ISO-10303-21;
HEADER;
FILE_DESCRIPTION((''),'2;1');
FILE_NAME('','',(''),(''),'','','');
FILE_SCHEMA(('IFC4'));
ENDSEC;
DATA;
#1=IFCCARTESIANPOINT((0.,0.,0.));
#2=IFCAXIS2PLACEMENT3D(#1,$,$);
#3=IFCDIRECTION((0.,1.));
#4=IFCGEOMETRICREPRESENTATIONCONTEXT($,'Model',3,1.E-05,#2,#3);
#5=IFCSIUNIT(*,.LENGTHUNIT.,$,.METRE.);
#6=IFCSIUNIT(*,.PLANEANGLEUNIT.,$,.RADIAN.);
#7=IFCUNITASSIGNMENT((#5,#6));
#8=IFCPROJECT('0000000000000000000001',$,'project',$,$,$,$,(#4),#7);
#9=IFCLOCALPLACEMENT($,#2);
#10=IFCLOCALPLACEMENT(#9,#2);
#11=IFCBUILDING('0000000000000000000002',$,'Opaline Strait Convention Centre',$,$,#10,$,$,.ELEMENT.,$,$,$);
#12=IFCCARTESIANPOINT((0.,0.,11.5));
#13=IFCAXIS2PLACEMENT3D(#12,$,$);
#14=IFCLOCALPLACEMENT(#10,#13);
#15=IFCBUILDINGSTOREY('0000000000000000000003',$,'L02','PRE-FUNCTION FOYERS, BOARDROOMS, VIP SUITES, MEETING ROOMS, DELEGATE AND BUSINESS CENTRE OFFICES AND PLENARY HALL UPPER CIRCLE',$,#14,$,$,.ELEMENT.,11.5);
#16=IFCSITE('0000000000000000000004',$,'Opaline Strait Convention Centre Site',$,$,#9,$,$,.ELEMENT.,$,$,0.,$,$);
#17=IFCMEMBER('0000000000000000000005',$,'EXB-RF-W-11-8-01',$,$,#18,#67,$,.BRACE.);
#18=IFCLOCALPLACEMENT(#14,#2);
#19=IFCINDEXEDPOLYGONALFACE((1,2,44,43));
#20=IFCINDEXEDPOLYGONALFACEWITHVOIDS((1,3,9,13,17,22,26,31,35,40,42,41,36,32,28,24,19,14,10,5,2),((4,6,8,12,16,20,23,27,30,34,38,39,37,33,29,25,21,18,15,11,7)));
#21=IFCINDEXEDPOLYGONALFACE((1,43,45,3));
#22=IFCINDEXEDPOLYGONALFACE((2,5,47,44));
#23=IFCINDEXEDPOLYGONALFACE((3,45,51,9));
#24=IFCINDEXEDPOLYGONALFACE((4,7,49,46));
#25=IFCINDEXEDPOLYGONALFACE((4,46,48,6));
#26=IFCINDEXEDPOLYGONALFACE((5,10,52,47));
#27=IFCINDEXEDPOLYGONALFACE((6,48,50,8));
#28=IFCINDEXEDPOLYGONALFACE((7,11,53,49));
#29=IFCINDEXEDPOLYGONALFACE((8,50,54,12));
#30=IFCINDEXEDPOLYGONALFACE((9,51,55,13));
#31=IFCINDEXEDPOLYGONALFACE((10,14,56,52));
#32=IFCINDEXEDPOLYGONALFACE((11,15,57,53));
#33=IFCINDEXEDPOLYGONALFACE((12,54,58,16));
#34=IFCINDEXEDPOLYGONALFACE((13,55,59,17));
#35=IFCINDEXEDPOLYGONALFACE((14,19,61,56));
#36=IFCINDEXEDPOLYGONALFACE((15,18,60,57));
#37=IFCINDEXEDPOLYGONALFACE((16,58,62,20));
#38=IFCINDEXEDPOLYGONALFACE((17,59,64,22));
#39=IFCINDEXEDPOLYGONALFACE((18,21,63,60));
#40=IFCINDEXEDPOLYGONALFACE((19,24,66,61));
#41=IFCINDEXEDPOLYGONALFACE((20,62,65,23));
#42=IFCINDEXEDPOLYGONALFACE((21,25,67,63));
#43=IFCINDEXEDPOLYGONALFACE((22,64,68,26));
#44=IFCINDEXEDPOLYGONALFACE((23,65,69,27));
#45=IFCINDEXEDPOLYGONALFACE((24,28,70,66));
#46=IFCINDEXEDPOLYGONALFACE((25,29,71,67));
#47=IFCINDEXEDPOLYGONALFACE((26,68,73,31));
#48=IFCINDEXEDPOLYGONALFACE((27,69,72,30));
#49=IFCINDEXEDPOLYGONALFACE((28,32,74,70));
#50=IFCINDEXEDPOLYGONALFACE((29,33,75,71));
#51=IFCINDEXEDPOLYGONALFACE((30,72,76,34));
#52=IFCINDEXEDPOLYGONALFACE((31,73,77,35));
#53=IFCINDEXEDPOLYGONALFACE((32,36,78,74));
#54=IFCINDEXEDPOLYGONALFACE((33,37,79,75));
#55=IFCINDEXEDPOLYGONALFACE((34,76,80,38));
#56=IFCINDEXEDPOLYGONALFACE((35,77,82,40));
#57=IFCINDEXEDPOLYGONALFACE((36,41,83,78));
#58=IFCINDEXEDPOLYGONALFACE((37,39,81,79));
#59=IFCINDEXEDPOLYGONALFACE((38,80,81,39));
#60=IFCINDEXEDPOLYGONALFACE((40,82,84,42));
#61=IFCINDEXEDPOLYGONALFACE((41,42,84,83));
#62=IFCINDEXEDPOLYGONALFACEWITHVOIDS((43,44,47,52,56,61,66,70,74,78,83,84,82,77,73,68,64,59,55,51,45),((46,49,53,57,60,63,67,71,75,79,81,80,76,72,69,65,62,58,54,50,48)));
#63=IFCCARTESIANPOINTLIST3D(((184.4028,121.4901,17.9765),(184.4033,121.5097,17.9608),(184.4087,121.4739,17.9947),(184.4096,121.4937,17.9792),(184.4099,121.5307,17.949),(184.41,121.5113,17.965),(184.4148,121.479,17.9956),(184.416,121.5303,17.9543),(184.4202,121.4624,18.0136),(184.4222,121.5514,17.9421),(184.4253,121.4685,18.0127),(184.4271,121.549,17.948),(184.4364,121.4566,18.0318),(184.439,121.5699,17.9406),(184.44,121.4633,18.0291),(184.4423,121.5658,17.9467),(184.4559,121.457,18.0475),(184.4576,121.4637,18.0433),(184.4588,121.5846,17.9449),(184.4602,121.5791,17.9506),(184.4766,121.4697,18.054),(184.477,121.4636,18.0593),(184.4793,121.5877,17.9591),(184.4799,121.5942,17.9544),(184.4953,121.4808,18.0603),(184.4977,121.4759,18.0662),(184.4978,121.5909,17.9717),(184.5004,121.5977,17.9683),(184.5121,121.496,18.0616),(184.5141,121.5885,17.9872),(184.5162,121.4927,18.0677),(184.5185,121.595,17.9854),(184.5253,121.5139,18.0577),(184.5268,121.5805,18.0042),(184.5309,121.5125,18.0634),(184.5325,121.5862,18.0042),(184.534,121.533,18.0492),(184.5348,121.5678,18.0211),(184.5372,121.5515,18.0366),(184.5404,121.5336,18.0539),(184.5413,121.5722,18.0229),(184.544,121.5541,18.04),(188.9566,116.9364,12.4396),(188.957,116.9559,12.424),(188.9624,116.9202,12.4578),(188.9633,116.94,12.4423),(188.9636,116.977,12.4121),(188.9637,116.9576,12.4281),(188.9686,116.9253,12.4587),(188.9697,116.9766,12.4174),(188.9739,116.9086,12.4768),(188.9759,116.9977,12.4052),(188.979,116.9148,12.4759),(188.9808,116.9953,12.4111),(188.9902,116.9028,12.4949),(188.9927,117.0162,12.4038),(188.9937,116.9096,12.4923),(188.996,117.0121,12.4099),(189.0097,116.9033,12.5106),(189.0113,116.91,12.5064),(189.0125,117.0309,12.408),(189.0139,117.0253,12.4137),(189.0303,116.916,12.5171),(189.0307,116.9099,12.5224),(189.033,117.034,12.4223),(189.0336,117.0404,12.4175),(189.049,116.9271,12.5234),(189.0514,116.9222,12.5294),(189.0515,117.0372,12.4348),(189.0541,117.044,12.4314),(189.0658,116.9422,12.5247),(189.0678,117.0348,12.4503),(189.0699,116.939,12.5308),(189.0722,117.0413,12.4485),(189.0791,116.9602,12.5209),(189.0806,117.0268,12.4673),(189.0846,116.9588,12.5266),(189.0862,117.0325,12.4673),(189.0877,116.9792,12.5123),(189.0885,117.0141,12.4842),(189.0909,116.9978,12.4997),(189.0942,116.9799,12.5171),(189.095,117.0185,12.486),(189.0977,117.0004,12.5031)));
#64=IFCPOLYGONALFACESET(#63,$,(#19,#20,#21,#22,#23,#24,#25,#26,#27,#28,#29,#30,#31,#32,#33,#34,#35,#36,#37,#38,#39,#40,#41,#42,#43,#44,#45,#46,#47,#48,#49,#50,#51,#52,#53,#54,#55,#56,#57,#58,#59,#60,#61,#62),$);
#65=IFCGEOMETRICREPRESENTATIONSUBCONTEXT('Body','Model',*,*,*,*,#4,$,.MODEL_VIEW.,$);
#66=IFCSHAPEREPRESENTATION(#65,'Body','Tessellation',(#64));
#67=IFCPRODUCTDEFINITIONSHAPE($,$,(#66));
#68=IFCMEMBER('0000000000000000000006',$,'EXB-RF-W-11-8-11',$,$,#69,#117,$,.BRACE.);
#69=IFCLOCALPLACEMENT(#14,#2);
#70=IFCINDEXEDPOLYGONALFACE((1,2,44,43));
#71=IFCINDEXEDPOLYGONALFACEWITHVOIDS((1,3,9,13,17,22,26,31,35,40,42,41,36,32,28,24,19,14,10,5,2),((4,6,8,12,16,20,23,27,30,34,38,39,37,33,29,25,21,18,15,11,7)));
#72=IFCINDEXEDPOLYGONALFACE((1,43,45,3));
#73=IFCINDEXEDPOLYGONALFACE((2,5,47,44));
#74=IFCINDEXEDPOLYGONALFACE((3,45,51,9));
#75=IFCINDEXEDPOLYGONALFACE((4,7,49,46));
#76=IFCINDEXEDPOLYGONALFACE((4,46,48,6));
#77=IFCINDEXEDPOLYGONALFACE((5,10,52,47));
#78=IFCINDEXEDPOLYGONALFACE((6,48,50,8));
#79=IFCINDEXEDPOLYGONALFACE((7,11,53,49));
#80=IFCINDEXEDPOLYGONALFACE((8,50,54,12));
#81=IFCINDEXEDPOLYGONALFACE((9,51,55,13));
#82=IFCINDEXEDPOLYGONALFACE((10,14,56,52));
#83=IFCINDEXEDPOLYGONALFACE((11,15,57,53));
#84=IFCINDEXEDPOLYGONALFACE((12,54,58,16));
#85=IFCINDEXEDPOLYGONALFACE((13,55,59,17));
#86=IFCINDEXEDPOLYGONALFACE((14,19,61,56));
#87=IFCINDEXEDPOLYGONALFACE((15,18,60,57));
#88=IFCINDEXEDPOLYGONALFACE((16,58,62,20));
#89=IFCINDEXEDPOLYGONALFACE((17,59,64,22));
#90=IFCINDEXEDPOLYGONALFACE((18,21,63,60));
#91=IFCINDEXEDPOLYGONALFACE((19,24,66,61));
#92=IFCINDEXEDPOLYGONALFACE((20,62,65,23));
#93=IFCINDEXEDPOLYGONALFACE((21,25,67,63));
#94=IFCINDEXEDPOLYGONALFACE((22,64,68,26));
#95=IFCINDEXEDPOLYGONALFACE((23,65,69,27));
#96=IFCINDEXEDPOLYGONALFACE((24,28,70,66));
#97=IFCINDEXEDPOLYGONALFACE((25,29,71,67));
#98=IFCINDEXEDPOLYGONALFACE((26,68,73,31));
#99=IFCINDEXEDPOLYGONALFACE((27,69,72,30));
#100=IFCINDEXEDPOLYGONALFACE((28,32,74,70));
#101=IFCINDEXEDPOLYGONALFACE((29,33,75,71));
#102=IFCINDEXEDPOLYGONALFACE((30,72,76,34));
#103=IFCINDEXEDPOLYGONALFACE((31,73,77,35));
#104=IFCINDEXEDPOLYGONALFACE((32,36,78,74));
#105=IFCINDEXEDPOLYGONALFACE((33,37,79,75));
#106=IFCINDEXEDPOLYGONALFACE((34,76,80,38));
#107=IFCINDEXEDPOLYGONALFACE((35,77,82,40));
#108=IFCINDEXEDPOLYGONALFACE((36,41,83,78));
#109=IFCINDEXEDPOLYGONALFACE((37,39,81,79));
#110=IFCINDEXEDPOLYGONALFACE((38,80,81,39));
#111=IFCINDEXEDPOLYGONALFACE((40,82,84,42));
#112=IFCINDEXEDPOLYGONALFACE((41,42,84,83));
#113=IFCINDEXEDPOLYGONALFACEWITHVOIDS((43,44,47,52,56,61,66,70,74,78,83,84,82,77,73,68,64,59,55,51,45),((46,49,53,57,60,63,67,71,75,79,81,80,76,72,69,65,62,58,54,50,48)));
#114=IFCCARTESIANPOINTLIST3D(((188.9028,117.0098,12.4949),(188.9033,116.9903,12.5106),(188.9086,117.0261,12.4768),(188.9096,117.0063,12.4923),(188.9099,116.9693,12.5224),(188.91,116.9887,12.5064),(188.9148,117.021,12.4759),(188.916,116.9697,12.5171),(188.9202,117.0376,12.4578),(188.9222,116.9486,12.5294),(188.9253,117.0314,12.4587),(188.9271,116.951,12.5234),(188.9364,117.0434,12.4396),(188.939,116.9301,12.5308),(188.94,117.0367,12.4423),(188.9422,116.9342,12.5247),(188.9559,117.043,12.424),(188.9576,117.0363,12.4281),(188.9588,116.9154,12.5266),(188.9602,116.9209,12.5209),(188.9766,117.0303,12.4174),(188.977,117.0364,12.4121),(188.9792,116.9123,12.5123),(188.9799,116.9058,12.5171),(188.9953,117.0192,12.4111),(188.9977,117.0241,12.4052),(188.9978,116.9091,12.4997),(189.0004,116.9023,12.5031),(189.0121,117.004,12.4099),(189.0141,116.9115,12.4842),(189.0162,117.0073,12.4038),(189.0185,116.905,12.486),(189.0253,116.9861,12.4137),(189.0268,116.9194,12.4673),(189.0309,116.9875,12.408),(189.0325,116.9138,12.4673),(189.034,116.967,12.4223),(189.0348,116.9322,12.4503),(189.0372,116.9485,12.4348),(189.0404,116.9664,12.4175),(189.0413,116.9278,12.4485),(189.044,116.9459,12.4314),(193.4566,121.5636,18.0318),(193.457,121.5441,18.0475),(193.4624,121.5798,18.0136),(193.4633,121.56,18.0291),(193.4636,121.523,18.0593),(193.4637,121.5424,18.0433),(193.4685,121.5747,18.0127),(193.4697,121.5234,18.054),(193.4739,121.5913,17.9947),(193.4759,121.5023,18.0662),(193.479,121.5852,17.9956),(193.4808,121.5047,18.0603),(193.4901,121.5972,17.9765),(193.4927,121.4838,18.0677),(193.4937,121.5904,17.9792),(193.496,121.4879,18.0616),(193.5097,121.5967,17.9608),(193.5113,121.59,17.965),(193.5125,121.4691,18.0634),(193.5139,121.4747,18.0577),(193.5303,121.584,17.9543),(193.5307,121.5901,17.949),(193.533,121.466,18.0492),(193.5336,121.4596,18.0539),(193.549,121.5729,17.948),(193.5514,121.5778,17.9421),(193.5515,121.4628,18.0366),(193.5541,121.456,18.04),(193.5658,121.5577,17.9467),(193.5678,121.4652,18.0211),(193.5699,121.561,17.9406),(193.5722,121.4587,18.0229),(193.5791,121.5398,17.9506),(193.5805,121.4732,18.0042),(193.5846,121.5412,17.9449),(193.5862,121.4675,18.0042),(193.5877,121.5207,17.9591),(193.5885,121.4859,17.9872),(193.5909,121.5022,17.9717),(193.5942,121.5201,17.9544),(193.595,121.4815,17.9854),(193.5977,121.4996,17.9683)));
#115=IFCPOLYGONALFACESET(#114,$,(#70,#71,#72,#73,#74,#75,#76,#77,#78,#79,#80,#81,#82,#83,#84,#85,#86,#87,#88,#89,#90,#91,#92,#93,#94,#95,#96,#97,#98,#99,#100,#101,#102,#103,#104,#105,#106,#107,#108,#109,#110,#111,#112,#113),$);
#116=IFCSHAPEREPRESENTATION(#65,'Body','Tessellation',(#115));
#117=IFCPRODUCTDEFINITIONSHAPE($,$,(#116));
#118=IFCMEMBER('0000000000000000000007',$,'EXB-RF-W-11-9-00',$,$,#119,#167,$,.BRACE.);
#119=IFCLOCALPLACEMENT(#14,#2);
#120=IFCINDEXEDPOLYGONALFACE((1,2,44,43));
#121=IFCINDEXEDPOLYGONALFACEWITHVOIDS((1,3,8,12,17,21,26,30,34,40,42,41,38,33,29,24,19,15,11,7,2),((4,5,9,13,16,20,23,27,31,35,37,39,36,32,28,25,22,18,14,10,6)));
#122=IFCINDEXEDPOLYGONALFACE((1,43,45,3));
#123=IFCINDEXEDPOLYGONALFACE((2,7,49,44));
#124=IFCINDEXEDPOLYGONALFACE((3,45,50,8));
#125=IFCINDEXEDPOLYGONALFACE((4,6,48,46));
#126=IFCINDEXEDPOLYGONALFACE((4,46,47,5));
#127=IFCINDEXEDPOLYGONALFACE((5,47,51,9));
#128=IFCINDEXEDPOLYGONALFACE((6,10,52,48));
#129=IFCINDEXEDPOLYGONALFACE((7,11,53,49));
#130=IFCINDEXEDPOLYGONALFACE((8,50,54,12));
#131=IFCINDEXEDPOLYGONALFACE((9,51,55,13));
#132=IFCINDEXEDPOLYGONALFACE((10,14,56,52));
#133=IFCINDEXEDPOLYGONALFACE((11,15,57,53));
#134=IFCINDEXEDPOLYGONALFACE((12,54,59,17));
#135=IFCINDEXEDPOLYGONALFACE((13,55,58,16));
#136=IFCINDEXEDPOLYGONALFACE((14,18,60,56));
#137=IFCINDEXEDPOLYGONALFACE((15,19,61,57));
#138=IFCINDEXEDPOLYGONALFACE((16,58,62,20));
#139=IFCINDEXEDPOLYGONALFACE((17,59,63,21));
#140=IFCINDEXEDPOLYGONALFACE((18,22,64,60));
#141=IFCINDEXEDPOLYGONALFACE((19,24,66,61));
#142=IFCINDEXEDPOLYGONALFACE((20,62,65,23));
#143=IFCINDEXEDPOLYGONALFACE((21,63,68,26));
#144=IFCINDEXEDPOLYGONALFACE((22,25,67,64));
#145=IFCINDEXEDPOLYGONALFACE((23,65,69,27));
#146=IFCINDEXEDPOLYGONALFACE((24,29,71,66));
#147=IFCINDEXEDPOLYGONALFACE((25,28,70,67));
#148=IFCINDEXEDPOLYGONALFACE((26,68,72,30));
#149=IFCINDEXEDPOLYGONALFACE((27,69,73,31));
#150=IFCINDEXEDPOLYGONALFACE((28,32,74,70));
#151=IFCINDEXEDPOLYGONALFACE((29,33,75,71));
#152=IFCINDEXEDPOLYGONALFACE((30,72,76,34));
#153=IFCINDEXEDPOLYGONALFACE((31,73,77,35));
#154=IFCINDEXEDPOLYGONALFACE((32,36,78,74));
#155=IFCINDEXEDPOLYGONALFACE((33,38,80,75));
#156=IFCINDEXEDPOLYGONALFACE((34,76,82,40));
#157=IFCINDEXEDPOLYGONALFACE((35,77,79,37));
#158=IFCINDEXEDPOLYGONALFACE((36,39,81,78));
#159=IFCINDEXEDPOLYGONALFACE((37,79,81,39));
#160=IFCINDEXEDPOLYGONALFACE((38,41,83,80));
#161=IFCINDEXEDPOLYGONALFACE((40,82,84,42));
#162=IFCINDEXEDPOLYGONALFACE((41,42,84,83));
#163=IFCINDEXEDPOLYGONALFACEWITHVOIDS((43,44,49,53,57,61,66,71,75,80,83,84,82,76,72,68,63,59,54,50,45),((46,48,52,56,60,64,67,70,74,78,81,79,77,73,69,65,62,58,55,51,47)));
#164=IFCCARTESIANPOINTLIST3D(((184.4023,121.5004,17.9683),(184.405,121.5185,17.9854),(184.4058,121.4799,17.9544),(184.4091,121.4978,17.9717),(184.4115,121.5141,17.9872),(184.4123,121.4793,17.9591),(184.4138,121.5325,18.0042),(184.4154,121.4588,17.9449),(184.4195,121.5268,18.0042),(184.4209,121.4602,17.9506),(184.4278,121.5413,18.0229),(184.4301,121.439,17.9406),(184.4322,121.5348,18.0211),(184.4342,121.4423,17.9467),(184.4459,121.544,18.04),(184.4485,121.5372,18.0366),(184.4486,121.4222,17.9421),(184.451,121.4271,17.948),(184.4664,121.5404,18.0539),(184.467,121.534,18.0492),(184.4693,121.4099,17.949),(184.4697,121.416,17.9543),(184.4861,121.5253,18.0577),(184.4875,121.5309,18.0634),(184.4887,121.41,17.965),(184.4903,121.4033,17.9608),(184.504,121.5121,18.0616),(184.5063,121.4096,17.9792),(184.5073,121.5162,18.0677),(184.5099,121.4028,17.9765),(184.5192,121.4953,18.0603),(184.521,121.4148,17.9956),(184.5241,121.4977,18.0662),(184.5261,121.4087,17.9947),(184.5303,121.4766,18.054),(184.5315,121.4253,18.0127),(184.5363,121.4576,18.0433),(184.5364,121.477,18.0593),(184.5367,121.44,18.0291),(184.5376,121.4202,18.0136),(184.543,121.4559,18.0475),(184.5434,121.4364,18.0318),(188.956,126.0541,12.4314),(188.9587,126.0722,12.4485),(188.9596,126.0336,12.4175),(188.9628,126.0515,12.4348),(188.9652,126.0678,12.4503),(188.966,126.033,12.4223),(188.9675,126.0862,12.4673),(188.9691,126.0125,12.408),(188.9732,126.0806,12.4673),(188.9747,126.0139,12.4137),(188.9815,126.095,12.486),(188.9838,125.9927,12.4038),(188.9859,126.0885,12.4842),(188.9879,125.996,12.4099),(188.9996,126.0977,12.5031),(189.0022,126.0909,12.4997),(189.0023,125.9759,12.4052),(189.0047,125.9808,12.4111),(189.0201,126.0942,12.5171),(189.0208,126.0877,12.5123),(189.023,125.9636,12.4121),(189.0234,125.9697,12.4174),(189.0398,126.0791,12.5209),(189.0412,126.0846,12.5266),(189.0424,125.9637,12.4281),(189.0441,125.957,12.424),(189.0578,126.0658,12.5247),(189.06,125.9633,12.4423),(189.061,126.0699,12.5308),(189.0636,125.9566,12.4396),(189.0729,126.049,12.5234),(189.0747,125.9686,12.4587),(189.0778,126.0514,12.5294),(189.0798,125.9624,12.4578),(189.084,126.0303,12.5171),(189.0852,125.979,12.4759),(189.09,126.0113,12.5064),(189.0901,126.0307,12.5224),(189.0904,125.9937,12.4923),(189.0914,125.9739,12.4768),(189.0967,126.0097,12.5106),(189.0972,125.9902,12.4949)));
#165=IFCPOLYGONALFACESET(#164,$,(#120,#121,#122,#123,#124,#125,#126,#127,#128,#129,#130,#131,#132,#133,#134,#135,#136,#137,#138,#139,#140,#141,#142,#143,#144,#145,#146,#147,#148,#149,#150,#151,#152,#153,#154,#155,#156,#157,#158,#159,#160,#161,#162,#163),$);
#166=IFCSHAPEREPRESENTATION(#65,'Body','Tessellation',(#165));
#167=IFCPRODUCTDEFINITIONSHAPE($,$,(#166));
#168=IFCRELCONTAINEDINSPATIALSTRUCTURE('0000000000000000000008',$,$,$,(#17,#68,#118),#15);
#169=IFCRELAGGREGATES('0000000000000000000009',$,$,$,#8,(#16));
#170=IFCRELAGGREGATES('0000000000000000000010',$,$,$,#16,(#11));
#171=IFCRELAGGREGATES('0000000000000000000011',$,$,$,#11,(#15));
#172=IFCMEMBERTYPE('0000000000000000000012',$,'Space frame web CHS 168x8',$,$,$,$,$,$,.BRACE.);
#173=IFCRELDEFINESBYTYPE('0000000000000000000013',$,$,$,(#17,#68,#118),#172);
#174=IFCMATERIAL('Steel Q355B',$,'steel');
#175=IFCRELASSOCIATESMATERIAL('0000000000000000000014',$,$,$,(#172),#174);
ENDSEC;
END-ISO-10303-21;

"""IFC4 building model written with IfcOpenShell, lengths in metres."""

from ifc_helpers import new_model, si_unit, direction, frame, origin, origin_2d, place, context, subcontext, project, spatial, hollow_circle, extrude, material, material_profile, profile_set, type_object, element, save


model = new_model("IFC4")

# Units and contexts
model_context = context("Model", 3, precision=1e-05, world=origin(), true_north=direction((0.0, 1.0)))
body_context = subcontext(model_context, "Body", "Model", "MODEL_VIEW")
ifc_project = project(units=[si_unit("LENGTHUNIT", "METRE"), si_unit("PLANEANGLEUNIT", "RADIAN")], contexts=[model_context])

# Site, building, storey
site_placement = place(None, origin())
site = spatial("IfcSite", under=ifc_project, at=site_placement, Name="Opaline Strait Convention Centre Site", CompositionType="ELEMENT", RefElevation=0.0)
building_placement = place(site_placement, origin())
building = spatial("IfcBuilding", under=site, at=building_placement, Name="Opaline Strait Convention Centre", CompositionType="ELEMENT")
storey_placement = place(building_placement, frame((0.0, 0.0, 11.5)))
storey = spatial("IfcBuildingStorey", under=building, at=storey_placement, Name="L02", Description="PRE-FUNCTION FOYERS, BOARDROOMS, VIP SUITES, MEETING ROOMS, DELEGATE AND BUSINESS CENTRE OFFICES AND PLENARY HALL UPPER CIRCLE", CompositionType="ELEMENT", Elevation=11.5)

# Members
ifc_material = material(Name="Steel Q355B", Category="steel")
ifc_material_profile_1 = material_profile(ifc_material, hollow_circle(Radius=0.084, WallThickness=0.0081, at=origin_2d()), Name="CHS 168x8")
ifc_profile_set_1 = profile_set([ifc_material_profile_1], Name="Steel Q355B")
member_type_1 = type_object("IfcMemberType", Name="Space frame web CHS 168x8", PredefinedType="BRACE", material=ifc_profile_set_1)
for number, where, z_axis, x_axis, name in (
    (1, (184.4731, 121.5269, 18.0042), (0.536178, -0.536178, -0.65194), (0.707107, 0.707107, 0.0), "EXB-RF-W-11-8-01"),
    (2, (193.5269, 121.5269, 18.0042), (-0.536178, -0.536178, -0.65194), (0.707107, -0.707107, 0.0), "EXB-RF-W-11-8-11"),
    (3, (184.4731, 121.4731, 18.0042), (0.536178, 0.536178, -0.65194), (-0.707107, 0.707107, 0.0), "EXB-RF-W-11-9-00"),
):
    element("IfcMember", number, at=place(storey_placement, frame(where, z_axis=z_axis, x_axis=x_axis)), inside=storey, type_object=member_type_1, Name=name, PredefinedType="BRACE", context=body_context, shape_type="SweptSolid", body=[
        extrude(hollow_circle(Radius=0.084, WallThickness=0.0081, at=origin_2d()), origin(), (0.0, 0.0, 1.0), 8.4929),
    ])

save(model, "model.ifc")
